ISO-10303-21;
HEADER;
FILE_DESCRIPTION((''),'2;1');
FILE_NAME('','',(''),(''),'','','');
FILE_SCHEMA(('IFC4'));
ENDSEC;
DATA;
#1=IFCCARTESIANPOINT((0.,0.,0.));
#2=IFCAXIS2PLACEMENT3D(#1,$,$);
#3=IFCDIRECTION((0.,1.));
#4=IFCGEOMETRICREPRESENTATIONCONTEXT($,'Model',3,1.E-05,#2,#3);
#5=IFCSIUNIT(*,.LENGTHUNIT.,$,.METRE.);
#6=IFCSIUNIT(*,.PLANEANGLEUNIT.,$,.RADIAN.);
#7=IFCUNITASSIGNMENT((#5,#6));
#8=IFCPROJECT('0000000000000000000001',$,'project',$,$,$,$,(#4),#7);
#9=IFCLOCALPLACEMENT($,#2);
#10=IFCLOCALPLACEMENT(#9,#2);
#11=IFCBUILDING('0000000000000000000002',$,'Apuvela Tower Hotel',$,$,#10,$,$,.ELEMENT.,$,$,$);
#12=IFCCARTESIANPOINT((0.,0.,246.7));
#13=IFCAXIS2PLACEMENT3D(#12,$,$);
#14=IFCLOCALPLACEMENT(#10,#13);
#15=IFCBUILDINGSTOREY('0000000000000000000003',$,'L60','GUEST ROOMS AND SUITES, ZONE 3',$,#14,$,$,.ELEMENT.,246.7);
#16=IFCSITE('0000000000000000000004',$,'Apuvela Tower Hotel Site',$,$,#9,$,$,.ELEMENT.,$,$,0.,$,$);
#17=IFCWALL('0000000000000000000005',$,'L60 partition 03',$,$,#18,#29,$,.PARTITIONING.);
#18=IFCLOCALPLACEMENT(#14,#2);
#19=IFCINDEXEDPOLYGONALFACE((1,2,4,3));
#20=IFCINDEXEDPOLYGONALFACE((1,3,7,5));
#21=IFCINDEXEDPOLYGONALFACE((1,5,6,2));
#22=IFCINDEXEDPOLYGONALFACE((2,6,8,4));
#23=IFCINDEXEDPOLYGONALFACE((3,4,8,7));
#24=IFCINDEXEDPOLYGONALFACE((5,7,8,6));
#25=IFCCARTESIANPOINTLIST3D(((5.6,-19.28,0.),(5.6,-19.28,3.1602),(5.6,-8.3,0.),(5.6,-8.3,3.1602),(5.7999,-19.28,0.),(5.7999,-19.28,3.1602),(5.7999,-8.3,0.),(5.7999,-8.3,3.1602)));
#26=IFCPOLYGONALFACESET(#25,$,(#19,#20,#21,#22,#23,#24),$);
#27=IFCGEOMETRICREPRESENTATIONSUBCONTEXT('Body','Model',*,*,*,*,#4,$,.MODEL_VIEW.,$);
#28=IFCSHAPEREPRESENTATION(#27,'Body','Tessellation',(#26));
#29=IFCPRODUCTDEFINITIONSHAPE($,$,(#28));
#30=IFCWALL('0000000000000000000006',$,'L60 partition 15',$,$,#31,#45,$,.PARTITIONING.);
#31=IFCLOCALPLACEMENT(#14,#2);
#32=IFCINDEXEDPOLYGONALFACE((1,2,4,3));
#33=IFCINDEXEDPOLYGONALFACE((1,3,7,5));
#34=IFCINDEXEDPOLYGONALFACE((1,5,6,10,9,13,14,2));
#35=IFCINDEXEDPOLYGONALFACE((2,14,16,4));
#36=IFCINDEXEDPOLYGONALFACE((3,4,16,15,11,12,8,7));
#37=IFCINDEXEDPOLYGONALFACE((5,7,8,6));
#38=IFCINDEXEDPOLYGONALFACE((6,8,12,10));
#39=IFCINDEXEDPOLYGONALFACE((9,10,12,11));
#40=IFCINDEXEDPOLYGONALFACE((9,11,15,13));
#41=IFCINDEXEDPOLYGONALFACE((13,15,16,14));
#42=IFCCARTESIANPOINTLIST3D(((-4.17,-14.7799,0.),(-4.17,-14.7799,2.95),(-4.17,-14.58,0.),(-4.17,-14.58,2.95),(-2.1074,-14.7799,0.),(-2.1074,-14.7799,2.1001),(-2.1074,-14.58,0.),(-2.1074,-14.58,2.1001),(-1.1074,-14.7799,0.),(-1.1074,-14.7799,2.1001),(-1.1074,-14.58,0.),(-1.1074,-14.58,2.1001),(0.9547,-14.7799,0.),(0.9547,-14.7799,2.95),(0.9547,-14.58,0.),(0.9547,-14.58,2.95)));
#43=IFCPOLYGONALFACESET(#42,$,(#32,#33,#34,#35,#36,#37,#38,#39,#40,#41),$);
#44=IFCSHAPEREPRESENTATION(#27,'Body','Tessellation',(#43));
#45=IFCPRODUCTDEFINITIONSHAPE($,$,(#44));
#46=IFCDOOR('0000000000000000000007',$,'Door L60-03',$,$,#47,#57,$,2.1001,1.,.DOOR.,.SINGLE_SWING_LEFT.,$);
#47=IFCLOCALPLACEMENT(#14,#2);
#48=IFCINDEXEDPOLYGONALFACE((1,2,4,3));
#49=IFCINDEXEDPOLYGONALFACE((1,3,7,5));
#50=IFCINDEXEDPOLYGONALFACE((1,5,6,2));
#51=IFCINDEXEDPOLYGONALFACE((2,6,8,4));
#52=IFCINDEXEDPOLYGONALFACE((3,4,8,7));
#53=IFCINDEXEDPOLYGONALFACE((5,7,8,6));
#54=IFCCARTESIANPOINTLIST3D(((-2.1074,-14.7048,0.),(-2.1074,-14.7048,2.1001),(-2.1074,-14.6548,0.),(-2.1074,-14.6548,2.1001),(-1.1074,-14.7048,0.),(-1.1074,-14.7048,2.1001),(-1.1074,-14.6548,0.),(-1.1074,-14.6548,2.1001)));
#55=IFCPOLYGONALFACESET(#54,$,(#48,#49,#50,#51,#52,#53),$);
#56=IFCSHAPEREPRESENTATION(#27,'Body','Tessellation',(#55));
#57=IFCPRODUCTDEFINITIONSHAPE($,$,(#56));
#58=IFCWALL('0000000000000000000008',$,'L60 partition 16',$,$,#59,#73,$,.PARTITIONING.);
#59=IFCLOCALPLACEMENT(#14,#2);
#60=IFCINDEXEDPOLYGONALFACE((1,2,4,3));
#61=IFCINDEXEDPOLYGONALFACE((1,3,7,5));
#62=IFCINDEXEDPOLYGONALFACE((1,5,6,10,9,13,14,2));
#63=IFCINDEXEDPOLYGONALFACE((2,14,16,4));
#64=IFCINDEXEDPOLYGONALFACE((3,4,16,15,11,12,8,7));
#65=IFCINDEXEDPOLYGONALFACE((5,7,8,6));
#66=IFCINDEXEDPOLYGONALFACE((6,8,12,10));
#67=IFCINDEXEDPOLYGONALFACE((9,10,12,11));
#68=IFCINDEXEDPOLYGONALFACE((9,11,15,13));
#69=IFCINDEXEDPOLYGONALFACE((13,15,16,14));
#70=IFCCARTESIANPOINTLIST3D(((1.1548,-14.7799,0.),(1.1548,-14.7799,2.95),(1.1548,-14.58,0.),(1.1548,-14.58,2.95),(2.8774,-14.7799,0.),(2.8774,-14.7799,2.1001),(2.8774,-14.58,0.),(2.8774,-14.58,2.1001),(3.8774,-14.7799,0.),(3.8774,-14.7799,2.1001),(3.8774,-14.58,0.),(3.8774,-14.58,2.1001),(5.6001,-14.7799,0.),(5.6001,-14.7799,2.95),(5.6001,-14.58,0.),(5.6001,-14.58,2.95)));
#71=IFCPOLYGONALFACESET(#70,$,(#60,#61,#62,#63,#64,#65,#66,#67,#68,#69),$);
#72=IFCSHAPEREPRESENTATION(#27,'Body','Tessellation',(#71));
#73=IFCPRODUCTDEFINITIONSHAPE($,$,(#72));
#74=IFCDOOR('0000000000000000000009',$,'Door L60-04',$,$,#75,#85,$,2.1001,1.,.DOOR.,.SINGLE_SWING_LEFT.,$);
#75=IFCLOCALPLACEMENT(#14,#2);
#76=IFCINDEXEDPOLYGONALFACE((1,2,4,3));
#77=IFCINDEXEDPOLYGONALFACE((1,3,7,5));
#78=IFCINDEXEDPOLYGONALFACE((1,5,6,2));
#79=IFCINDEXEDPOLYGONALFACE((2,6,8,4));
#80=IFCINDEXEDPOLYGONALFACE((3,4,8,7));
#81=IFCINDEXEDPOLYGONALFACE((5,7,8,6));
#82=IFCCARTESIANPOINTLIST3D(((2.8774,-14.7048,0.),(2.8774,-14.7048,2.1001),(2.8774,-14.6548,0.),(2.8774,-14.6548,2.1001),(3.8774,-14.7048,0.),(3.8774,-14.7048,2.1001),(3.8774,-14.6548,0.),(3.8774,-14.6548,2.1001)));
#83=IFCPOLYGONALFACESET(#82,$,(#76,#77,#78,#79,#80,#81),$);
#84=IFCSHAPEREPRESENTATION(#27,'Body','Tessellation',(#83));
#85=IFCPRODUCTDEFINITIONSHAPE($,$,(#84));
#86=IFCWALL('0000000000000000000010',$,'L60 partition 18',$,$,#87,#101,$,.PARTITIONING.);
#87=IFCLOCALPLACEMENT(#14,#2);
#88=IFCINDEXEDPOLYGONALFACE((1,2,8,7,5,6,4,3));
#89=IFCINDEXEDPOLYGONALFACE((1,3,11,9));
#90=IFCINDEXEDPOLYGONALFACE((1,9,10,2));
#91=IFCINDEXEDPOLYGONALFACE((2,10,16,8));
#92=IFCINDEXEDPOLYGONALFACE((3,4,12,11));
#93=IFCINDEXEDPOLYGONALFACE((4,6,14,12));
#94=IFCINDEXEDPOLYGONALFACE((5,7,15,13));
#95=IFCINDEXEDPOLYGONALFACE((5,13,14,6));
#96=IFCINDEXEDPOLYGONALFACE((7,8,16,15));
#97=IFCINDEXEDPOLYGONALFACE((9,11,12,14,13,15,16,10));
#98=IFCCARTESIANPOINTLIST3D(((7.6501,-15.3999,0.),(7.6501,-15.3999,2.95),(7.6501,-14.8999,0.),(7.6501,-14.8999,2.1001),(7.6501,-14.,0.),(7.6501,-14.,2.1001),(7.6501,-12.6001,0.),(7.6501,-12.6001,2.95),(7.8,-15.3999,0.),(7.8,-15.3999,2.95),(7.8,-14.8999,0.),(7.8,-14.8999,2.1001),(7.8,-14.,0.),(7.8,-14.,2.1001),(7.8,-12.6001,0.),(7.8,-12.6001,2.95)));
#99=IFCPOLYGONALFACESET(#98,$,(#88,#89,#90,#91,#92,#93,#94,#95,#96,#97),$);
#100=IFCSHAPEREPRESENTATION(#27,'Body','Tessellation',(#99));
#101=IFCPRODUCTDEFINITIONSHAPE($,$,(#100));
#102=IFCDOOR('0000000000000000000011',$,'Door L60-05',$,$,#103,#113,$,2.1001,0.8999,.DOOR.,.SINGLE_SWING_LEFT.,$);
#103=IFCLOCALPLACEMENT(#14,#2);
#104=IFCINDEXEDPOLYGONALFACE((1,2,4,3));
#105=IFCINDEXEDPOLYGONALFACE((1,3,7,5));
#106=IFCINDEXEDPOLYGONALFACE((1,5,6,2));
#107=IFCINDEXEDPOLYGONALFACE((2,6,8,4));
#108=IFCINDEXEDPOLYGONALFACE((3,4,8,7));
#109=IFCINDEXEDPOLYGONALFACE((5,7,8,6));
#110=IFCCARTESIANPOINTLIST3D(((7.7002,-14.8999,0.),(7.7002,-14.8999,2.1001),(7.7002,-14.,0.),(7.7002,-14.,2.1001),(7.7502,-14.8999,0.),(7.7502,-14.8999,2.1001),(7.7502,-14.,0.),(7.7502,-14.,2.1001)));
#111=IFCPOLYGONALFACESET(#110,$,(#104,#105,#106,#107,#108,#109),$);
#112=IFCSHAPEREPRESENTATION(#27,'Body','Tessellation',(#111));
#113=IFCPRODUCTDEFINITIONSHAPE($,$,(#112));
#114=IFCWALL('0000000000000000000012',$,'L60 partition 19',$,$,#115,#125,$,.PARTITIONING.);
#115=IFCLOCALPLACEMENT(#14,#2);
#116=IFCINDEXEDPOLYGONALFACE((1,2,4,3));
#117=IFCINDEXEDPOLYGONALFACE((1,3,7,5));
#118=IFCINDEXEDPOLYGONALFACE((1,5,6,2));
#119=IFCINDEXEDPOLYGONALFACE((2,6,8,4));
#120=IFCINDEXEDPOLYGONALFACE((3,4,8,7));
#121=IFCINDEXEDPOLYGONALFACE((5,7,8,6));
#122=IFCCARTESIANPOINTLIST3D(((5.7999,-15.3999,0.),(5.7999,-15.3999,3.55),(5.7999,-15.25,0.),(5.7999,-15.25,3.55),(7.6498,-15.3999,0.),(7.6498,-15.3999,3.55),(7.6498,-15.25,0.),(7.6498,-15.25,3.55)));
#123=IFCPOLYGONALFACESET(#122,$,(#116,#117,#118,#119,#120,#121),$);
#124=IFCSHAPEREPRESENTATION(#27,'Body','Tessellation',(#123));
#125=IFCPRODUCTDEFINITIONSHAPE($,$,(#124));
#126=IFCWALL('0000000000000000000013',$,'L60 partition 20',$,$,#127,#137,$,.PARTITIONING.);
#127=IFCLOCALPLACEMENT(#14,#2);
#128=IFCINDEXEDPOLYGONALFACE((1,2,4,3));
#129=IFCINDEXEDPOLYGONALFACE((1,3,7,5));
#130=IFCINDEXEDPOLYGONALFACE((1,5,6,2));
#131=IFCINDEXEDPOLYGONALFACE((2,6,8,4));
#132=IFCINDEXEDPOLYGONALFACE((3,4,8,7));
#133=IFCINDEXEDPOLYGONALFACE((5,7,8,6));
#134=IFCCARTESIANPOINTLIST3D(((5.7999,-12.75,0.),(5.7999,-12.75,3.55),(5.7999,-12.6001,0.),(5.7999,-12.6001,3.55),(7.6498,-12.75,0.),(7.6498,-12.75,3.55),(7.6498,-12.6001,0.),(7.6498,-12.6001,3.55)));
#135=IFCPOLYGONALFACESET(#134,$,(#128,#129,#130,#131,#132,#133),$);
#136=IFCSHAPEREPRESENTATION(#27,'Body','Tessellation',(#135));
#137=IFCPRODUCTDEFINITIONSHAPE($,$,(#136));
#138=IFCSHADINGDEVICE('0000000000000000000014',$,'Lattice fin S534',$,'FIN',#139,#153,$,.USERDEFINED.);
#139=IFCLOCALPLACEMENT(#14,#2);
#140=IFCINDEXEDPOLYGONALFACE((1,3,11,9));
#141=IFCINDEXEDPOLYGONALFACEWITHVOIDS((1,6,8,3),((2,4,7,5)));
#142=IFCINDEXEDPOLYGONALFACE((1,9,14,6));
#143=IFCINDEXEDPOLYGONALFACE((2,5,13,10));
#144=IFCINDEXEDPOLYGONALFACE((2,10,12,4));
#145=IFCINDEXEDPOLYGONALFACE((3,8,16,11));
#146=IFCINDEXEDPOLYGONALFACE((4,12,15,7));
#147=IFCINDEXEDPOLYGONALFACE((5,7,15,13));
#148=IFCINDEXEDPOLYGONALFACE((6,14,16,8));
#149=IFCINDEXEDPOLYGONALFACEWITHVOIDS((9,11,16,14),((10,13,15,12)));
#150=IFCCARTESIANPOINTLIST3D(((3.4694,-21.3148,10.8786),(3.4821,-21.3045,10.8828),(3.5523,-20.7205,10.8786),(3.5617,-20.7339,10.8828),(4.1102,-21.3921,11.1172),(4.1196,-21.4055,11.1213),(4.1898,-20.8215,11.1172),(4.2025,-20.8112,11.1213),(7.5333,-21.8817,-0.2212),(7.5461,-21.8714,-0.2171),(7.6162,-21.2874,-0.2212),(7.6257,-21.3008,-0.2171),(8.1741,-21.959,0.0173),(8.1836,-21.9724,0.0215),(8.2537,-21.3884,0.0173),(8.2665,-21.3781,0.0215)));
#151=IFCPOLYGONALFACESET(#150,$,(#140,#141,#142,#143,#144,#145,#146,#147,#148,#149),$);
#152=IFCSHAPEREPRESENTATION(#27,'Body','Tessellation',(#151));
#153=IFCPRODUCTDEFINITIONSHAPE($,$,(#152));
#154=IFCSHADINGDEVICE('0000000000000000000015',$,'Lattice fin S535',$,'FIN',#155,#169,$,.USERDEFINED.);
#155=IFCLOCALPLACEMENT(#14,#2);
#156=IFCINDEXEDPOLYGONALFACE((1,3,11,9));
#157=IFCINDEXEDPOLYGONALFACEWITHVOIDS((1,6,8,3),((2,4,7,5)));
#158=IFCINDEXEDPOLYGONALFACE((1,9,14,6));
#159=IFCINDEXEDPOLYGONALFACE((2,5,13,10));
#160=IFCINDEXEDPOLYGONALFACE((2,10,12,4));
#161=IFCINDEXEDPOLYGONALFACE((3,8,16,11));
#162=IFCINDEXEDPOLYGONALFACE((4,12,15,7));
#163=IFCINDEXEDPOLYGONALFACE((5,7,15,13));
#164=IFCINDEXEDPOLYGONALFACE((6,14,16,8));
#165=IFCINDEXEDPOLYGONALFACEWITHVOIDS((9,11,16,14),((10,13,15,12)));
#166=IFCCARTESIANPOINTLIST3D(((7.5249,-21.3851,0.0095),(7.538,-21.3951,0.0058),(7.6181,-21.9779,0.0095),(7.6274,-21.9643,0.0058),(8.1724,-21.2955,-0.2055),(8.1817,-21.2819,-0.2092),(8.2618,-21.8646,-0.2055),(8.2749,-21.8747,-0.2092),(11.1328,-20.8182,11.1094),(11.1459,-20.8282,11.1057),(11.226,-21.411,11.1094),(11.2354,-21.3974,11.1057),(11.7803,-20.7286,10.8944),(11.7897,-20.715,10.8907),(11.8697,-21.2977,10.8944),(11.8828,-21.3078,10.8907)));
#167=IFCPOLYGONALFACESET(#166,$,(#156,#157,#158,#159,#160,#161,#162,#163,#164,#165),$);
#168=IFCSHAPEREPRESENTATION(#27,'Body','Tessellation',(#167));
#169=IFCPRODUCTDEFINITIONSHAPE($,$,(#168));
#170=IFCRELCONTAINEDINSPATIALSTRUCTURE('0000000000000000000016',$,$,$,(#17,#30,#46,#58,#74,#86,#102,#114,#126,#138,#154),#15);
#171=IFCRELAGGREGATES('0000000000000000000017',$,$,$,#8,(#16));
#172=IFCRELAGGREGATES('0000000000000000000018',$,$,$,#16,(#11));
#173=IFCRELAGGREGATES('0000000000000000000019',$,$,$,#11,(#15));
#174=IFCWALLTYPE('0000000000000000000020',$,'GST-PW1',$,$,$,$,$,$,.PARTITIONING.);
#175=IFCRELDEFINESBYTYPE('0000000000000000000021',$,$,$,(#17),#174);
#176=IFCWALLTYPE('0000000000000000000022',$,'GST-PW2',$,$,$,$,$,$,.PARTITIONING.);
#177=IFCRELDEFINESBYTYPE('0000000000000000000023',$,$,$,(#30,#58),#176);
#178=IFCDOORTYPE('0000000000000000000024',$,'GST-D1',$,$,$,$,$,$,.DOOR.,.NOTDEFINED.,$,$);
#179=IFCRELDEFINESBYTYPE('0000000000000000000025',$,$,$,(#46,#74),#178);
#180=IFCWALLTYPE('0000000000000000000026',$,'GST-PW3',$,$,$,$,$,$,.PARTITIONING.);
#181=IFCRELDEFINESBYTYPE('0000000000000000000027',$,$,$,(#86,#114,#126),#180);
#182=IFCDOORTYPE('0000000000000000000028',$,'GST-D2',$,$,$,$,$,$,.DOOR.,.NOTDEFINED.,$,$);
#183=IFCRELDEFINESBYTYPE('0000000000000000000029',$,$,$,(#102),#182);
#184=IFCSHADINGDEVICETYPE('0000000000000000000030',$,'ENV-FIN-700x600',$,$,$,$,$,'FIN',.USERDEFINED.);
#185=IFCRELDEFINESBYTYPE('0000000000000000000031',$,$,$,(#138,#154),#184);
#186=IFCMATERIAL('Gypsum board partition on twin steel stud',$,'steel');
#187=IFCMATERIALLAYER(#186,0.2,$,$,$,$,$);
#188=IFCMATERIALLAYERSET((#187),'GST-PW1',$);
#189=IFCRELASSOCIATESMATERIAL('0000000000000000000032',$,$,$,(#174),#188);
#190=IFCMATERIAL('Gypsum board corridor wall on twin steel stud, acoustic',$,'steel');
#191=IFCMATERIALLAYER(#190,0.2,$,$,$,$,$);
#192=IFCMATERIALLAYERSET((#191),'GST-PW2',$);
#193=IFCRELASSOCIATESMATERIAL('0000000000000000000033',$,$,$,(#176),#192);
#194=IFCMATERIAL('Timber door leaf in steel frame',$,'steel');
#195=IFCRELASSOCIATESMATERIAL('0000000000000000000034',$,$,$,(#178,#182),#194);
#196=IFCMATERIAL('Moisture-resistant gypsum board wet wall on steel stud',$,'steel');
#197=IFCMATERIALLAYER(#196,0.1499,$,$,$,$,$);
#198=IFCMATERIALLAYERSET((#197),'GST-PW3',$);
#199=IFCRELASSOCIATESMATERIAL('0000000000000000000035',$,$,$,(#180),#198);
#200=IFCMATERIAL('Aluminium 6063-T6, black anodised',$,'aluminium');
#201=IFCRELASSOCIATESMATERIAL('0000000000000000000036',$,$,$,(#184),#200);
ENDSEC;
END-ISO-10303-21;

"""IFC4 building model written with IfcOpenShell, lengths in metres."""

from ifc_helpers import new_model, si_unit, direction, frame, frame_2d, origin, origin_2d, place, context, subcontext, project, spatial, rectangle, hollow_rectangle, extrude, material, layer, layer_set, material_profile, profile_set, type_object, element, fill, save


model = new_model("IFC4")

# Units and contexts
model_context = context("Model", 3, precision=1e-05, world=origin(), true_north=direction((0.0, 1.0)))
body_context = subcontext(model_context, "Body", "Model", "MODEL_VIEW")
ifc_project = project(units=[si_unit("LENGTHUNIT", "METRE"), si_unit("PLANEANGLEUNIT", "RADIAN")], contexts=[model_context])

# Site, building, storey
site_placement = place(None, origin())
site = spatial("IfcSite", under=ifc_project, at=site_placement, Name="Apuvela Tower Hotel Site", CompositionType="ELEMENT", RefElevation=0.0)
building_placement = place(site_placement, origin())
building = spatial("IfcBuilding", under=site, at=building_placement, Name="Apuvela Tower Hotel", CompositionType="ELEMENT")
storey_placement = place(building_placement, frame((0.0, 0.0, 246.7)))
storey = spatial("IfcBuildingStorey", under=building, at=storey_placement, Name="L60", Description="GUEST ROOMS AND SUITES, ZONE 3", CompositionType="ELEMENT", Elevation=246.7)

# Wall
ifc_material_1 = material(Name="Gypsum board partition on twin steel stud", Category="steel")
ifc_layer_1 = layer(ifc_material_1, 0.2)
ifc_layer_set_1 = layer_set([ifc_layer_1], Name="GST-PW1")
wall_type_1 = type_object("IfcWallType", Name="GST-PW1", PredefinedType="PARTITIONING", material=ifc_layer_set_1)
wall_1_placement = place(storey_placement, frame((5.7, -19.28, 0.0), z_axis=(0.0, 0.0, 1.0), x_axis=(0.0, 1.0, 0.0)))
element("IfcWall", 1, at=wall_1_placement, inside=storey, type_object=wall_type_1, Name="L60 partition 03", PredefinedType="PARTITIONING", context=body_context, shape_type="SweptSolid", body=[
    extrude(rectangle(XDim=10.98, YDim=0.2, at=frame_2d((5.49, 0.0))), origin(), (0.0, 0.0, 1.0), 3.1602),
])

# Walls, openings, doors
ifc_material_2 = material(Name="Gypsum board corridor wall on twin steel stud, acoustic", Category="steel")
ifc_layer_2 = layer(ifc_material_2, 0.2)
ifc_layer_set_2 = layer_set([ifc_layer_2], Name="GST-PW2")
wall_type_2 = type_object("IfcWallType", Name="GST-PW2", PredefinedType="PARTITIONING", material=ifc_layer_set_2)
wall_2_placement = place(storey_placement, frame((0.9548, -14.6799, 0.0), z_axis=(0.0, 0.0, 1.0), x_axis=(-1.0, 0.0, 0.0)))
wall_2 = element("IfcWall", 2, at=wall_2_placement, inside=storey, type_object=wall_type_2, Name="L60 partition 15", PredefinedType="PARTITIONING", context=body_context, shape_type="SweptSolid", body=[
    extrude(rectangle(XDim=5.1248, YDim=0.2, at=frame_2d((2.5625, 0.0))), origin(), (0.0, 0.0, 1.0), 2.95),
])
opening_1_placement = place(wall_2_placement, frame((2.0623, 0.0, 0.0)))
opening_1 = element("IfcOpeningElement", 3, at=opening_1_placement, cuts=wall_2, PredefinedType="OPENING", context=body_context, shape_type="SweptSolid", body=[
    extrude(rectangle(XDim=1.0, YDim=2.1001, at=frame_2d((0.5, 1.05))), frame((0.0, 0.1099, 0.0), z_axis=(0.0, -1.0, 0.0), x_axis=(1.0, 0.0, 0.0)), (0.0, 0.0, 1.0), 0.22),
])
ifc_material_3 = material(Name="Timber door leaf in steel frame", Category="steel")
door_type_1 = type_object("IfcDoorType", Name="GST-D1", OperationType="NOTDEFINED", PredefinedType="DOOR", material=ifc_material_3)
door_1_placement = place(opening_1_placement, origin())
door_1 = element("IfcDoor", 4, at=door_1_placement, inside=storey, type_object=door_type_1, Name="Door L60-03", OperationType="SINGLE_SWING_LEFT", OverallHeight=2.1001, OverallWidth=1.0, PredefinedType="DOOR", context=body_context, shape_type="SweptSolid", body=[
    extrude(rectangle(XDim=1.0, YDim=2.1001, at=frame_2d((0.5, 1.05))), frame((0.0, 0.0249, 0.0), z_axis=(0.0, -1.0, 0.0), x_axis=(1.0, 0.0, 0.0)), (0.0, 0.0, 1.0), 0.05),
])
fill(opening_1, door_1)
wall_3_placement = place(storey_placement, frame((5.6001, -14.6799, 0.0), z_axis=(0.0, 0.0, 1.0), x_axis=(-1.0, 0.0, 0.0)))
wall_3 = element("IfcWall", 5, at=wall_3_placement, inside=storey, type_object=wall_type_2, Name="L60 partition 16", PredefinedType="PARTITIONING", context=body_context, shape_type="SweptSolid", body=[
    extrude(rectangle(XDim=4.4453, YDim=0.2, at=frame_2d((2.2227, 0.0))), origin(), (0.0, 0.0, 1.0), 2.95),
])
opening_2_placement = place(wall_3_placement, frame((1.7227, 0.0, 0.0)))
opening_2 = element("IfcOpeningElement", 6, at=opening_2_placement, cuts=wall_3, PredefinedType="OPENING", context=body_context, shape_type="SweptSolid", body=[
    extrude(rectangle(XDim=1.0, YDim=2.1001, at=frame_2d((0.5, 1.05))), frame((0.0, 0.1099, 0.0), z_axis=(0.0, -1.0, 0.0), x_axis=(1.0, 0.0, 0.0)), (0.0, 0.0, 1.0), 0.22),
])
door_2_placement = place(opening_2_placement, origin())
door_2 = element("IfcDoor", 7, at=door_2_placement, inside=storey, type_object=door_type_1, Name="Door L60-04", OperationType="SINGLE_SWING_LEFT", OverallHeight=2.1001, OverallWidth=1.0, PredefinedType="DOOR", context=body_context, shape_type="SweptSolid", body=[
    extrude(rectangle(XDim=1.0, YDim=2.1001, at=frame_2d((0.5, 1.05))), frame((0.0, 0.0249, 0.0), z_axis=(0.0, -1.0, 0.0), x_axis=(1.0, 0.0, 0.0)), (0.0, 0.0, 1.0), 0.05),
])
fill(opening_2, door_2)
ifc_material_4 = material(Name="Moisture-resistant gypsum board wet wall on steel stud", Category="steel")
ifc_layer_3 = layer(ifc_material_4, 0.1499)
ifc_layer_set_3 = layer_set([ifc_layer_3], Name="GST-PW3")
wall_type_3 = type_object("IfcWallType", Name="GST-PW3", PredefinedType="PARTITIONING", material=ifc_layer_set_3)
wall_4_placement = place(storey_placement, frame((7.7251, -15.3999, 0.0), z_axis=(0.0, 0.0, 1.0), x_axis=(0.0, 1.0, 0.0)))
wall_4 = element("IfcWall", 8, at=wall_4_placement, inside=storey, type_object=wall_type_3, Name="L60 partition 18", PredefinedType="PARTITIONING", context=body_context, shape_type="SweptSolid", body=[
    extrude(rectangle(XDim=2.7998, YDim=0.1499, at=frame_2d((1.3999, 0.0))), origin(), (0.0, 0.0, 1.0), 2.95),
])
opening_3_placement = place(wall_4_placement, frame((0.5, 0.0, 0.0)))
opening_3 = element("IfcOpeningElement", 9, at=opening_3_placement, cuts=wall_4, PredefinedType="OPENING", context=body_context, shape_type="SweptSolid", body=[
    extrude(rectangle(XDim=0.8999, YDim=2.1001, at=frame_2d((0.45, 1.05))), frame((0.0, 0.085, 0.0), z_axis=(0.0, -1.0, 0.0), x_axis=(1.0, 0.0, 0.0)), (0.0, 0.0, 1.0), 0.1699),
])
door_type_2 = type_object("IfcDoorType", Name="GST-D2", OperationType="NOTDEFINED", PredefinedType="DOOR", material=ifc_material_3)
door_3_placement = place(opening_3_placement, origin())
door_3 = element("IfcDoor", 10, at=door_3_placement, inside=storey, type_object=door_type_2, Name="Door L60-05", OperationType="SINGLE_SWING_LEFT", OverallHeight=2.1001, OverallWidth=0.8999, PredefinedType="DOOR", context=body_context, shape_type="SweptSolid", body=[
    extrude(rectangle(XDim=0.8999, YDim=2.1001, at=frame_2d((0.45, 1.05))), frame((0.0, 0.0249, 0.0), z_axis=(0.0, -1.0, 0.0), x_axis=(1.0, 0.0, 0.0)), (0.0, 0.0, 1.0), 0.05),
])
fill(opening_3, door_3)

# Walls
for number, where, z_axis, x_axis, name in (
    (11, (5.8, -15.325, 0.0), (0.0, 0.0, 1.0), (1.0, 0.0, 0.0), "L60 partition 19"),
    (12, (5.8, -12.675, 0.0), (0.0, 0.0, 1.0), (1.0, 0.0, 0.0), "L60 partition 20"),
):
    element("IfcWall", number, at=place(storey_placement, frame(where, z_axis=z_axis, x_axis=x_axis)), inside=storey, type_object=wall_type_3, Name=name, PredefinedType="PARTITIONING", context=body_context, shape_type="SweptSolid", body=[
        extrude(rectangle(XDim=1.8499, YDim=0.1499, at=frame_2d((0.9248, 0.0))), origin(), (0.0, 0.0, 1.0), 3.55),
    ])

# Shading devices
ifc_material_5 = material(Name="Aluminium 6063-T6, black anodised", Category="aluminium")
ifc_material_profile_1 = material_profile(ifc_material_5, hollow_rectangle(XDim=0.6001, YDim=0.7, WallThickness=0.012, at=origin_2d()), Name="AL BOX 700x600x12")
ifc_profile_set_1 = profile_set([ifc_material_profile_1], Name="Aluminium 6063-T6, black anodised")
shading_device_type = type_object("IfcShadingDeviceType", Name="ENV-FIN-700x600", ElementType="FIN", PredefinedType="USERDEFINED", material=ifc_profile_set_1)
shading_device_1_placement = place(storey_placement, frame((7.8999, -21.6299, -0.0999), z_axis=(-0.343414, 0.047904, 0.937962), x_axis=(-0.138155, -0.990411, 0.0)))
element("IfcShadingDevice", 13, at=shading_device_1_placement, inside=storey, type_object=shading_device_type, Name="Lattice fin S534", ObjectType="FIN", PredefinedType="USERDEFINED", context=body_context, shape_type="SweptSolid", body=[
    extrude(hollow_rectangle(XDim=0.6001, YDim=0.7, WallThickness=0.012, at=origin_2d()), origin(), (0.0, 0.0, 1.0), 11.834),
])
shading_device_2_placement = place(storey_placement, frame((7.8999, -21.6299, -0.0999), z_axis=(0.308758, 0.048514, 0.949903), x_axis=(-0.155221, 0.98788, 0.0)))
element("IfcShadingDevice", 14, at=shading_device_2_placement, inside=storey, type_object=shading_device_type, Name="Lattice fin S535", ObjectType="FIN", PredefinedType="USERDEFINED", context=body_context, shape_type="SweptSolid", body=[
    extrude(hollow_rectangle(XDim=0.6001, YDim=0.7, WallThickness=0.012, at=origin_2d()), origin(), (0.0, 0.0, 1.0), 11.6853),
])

save(model, "model.ifc")
